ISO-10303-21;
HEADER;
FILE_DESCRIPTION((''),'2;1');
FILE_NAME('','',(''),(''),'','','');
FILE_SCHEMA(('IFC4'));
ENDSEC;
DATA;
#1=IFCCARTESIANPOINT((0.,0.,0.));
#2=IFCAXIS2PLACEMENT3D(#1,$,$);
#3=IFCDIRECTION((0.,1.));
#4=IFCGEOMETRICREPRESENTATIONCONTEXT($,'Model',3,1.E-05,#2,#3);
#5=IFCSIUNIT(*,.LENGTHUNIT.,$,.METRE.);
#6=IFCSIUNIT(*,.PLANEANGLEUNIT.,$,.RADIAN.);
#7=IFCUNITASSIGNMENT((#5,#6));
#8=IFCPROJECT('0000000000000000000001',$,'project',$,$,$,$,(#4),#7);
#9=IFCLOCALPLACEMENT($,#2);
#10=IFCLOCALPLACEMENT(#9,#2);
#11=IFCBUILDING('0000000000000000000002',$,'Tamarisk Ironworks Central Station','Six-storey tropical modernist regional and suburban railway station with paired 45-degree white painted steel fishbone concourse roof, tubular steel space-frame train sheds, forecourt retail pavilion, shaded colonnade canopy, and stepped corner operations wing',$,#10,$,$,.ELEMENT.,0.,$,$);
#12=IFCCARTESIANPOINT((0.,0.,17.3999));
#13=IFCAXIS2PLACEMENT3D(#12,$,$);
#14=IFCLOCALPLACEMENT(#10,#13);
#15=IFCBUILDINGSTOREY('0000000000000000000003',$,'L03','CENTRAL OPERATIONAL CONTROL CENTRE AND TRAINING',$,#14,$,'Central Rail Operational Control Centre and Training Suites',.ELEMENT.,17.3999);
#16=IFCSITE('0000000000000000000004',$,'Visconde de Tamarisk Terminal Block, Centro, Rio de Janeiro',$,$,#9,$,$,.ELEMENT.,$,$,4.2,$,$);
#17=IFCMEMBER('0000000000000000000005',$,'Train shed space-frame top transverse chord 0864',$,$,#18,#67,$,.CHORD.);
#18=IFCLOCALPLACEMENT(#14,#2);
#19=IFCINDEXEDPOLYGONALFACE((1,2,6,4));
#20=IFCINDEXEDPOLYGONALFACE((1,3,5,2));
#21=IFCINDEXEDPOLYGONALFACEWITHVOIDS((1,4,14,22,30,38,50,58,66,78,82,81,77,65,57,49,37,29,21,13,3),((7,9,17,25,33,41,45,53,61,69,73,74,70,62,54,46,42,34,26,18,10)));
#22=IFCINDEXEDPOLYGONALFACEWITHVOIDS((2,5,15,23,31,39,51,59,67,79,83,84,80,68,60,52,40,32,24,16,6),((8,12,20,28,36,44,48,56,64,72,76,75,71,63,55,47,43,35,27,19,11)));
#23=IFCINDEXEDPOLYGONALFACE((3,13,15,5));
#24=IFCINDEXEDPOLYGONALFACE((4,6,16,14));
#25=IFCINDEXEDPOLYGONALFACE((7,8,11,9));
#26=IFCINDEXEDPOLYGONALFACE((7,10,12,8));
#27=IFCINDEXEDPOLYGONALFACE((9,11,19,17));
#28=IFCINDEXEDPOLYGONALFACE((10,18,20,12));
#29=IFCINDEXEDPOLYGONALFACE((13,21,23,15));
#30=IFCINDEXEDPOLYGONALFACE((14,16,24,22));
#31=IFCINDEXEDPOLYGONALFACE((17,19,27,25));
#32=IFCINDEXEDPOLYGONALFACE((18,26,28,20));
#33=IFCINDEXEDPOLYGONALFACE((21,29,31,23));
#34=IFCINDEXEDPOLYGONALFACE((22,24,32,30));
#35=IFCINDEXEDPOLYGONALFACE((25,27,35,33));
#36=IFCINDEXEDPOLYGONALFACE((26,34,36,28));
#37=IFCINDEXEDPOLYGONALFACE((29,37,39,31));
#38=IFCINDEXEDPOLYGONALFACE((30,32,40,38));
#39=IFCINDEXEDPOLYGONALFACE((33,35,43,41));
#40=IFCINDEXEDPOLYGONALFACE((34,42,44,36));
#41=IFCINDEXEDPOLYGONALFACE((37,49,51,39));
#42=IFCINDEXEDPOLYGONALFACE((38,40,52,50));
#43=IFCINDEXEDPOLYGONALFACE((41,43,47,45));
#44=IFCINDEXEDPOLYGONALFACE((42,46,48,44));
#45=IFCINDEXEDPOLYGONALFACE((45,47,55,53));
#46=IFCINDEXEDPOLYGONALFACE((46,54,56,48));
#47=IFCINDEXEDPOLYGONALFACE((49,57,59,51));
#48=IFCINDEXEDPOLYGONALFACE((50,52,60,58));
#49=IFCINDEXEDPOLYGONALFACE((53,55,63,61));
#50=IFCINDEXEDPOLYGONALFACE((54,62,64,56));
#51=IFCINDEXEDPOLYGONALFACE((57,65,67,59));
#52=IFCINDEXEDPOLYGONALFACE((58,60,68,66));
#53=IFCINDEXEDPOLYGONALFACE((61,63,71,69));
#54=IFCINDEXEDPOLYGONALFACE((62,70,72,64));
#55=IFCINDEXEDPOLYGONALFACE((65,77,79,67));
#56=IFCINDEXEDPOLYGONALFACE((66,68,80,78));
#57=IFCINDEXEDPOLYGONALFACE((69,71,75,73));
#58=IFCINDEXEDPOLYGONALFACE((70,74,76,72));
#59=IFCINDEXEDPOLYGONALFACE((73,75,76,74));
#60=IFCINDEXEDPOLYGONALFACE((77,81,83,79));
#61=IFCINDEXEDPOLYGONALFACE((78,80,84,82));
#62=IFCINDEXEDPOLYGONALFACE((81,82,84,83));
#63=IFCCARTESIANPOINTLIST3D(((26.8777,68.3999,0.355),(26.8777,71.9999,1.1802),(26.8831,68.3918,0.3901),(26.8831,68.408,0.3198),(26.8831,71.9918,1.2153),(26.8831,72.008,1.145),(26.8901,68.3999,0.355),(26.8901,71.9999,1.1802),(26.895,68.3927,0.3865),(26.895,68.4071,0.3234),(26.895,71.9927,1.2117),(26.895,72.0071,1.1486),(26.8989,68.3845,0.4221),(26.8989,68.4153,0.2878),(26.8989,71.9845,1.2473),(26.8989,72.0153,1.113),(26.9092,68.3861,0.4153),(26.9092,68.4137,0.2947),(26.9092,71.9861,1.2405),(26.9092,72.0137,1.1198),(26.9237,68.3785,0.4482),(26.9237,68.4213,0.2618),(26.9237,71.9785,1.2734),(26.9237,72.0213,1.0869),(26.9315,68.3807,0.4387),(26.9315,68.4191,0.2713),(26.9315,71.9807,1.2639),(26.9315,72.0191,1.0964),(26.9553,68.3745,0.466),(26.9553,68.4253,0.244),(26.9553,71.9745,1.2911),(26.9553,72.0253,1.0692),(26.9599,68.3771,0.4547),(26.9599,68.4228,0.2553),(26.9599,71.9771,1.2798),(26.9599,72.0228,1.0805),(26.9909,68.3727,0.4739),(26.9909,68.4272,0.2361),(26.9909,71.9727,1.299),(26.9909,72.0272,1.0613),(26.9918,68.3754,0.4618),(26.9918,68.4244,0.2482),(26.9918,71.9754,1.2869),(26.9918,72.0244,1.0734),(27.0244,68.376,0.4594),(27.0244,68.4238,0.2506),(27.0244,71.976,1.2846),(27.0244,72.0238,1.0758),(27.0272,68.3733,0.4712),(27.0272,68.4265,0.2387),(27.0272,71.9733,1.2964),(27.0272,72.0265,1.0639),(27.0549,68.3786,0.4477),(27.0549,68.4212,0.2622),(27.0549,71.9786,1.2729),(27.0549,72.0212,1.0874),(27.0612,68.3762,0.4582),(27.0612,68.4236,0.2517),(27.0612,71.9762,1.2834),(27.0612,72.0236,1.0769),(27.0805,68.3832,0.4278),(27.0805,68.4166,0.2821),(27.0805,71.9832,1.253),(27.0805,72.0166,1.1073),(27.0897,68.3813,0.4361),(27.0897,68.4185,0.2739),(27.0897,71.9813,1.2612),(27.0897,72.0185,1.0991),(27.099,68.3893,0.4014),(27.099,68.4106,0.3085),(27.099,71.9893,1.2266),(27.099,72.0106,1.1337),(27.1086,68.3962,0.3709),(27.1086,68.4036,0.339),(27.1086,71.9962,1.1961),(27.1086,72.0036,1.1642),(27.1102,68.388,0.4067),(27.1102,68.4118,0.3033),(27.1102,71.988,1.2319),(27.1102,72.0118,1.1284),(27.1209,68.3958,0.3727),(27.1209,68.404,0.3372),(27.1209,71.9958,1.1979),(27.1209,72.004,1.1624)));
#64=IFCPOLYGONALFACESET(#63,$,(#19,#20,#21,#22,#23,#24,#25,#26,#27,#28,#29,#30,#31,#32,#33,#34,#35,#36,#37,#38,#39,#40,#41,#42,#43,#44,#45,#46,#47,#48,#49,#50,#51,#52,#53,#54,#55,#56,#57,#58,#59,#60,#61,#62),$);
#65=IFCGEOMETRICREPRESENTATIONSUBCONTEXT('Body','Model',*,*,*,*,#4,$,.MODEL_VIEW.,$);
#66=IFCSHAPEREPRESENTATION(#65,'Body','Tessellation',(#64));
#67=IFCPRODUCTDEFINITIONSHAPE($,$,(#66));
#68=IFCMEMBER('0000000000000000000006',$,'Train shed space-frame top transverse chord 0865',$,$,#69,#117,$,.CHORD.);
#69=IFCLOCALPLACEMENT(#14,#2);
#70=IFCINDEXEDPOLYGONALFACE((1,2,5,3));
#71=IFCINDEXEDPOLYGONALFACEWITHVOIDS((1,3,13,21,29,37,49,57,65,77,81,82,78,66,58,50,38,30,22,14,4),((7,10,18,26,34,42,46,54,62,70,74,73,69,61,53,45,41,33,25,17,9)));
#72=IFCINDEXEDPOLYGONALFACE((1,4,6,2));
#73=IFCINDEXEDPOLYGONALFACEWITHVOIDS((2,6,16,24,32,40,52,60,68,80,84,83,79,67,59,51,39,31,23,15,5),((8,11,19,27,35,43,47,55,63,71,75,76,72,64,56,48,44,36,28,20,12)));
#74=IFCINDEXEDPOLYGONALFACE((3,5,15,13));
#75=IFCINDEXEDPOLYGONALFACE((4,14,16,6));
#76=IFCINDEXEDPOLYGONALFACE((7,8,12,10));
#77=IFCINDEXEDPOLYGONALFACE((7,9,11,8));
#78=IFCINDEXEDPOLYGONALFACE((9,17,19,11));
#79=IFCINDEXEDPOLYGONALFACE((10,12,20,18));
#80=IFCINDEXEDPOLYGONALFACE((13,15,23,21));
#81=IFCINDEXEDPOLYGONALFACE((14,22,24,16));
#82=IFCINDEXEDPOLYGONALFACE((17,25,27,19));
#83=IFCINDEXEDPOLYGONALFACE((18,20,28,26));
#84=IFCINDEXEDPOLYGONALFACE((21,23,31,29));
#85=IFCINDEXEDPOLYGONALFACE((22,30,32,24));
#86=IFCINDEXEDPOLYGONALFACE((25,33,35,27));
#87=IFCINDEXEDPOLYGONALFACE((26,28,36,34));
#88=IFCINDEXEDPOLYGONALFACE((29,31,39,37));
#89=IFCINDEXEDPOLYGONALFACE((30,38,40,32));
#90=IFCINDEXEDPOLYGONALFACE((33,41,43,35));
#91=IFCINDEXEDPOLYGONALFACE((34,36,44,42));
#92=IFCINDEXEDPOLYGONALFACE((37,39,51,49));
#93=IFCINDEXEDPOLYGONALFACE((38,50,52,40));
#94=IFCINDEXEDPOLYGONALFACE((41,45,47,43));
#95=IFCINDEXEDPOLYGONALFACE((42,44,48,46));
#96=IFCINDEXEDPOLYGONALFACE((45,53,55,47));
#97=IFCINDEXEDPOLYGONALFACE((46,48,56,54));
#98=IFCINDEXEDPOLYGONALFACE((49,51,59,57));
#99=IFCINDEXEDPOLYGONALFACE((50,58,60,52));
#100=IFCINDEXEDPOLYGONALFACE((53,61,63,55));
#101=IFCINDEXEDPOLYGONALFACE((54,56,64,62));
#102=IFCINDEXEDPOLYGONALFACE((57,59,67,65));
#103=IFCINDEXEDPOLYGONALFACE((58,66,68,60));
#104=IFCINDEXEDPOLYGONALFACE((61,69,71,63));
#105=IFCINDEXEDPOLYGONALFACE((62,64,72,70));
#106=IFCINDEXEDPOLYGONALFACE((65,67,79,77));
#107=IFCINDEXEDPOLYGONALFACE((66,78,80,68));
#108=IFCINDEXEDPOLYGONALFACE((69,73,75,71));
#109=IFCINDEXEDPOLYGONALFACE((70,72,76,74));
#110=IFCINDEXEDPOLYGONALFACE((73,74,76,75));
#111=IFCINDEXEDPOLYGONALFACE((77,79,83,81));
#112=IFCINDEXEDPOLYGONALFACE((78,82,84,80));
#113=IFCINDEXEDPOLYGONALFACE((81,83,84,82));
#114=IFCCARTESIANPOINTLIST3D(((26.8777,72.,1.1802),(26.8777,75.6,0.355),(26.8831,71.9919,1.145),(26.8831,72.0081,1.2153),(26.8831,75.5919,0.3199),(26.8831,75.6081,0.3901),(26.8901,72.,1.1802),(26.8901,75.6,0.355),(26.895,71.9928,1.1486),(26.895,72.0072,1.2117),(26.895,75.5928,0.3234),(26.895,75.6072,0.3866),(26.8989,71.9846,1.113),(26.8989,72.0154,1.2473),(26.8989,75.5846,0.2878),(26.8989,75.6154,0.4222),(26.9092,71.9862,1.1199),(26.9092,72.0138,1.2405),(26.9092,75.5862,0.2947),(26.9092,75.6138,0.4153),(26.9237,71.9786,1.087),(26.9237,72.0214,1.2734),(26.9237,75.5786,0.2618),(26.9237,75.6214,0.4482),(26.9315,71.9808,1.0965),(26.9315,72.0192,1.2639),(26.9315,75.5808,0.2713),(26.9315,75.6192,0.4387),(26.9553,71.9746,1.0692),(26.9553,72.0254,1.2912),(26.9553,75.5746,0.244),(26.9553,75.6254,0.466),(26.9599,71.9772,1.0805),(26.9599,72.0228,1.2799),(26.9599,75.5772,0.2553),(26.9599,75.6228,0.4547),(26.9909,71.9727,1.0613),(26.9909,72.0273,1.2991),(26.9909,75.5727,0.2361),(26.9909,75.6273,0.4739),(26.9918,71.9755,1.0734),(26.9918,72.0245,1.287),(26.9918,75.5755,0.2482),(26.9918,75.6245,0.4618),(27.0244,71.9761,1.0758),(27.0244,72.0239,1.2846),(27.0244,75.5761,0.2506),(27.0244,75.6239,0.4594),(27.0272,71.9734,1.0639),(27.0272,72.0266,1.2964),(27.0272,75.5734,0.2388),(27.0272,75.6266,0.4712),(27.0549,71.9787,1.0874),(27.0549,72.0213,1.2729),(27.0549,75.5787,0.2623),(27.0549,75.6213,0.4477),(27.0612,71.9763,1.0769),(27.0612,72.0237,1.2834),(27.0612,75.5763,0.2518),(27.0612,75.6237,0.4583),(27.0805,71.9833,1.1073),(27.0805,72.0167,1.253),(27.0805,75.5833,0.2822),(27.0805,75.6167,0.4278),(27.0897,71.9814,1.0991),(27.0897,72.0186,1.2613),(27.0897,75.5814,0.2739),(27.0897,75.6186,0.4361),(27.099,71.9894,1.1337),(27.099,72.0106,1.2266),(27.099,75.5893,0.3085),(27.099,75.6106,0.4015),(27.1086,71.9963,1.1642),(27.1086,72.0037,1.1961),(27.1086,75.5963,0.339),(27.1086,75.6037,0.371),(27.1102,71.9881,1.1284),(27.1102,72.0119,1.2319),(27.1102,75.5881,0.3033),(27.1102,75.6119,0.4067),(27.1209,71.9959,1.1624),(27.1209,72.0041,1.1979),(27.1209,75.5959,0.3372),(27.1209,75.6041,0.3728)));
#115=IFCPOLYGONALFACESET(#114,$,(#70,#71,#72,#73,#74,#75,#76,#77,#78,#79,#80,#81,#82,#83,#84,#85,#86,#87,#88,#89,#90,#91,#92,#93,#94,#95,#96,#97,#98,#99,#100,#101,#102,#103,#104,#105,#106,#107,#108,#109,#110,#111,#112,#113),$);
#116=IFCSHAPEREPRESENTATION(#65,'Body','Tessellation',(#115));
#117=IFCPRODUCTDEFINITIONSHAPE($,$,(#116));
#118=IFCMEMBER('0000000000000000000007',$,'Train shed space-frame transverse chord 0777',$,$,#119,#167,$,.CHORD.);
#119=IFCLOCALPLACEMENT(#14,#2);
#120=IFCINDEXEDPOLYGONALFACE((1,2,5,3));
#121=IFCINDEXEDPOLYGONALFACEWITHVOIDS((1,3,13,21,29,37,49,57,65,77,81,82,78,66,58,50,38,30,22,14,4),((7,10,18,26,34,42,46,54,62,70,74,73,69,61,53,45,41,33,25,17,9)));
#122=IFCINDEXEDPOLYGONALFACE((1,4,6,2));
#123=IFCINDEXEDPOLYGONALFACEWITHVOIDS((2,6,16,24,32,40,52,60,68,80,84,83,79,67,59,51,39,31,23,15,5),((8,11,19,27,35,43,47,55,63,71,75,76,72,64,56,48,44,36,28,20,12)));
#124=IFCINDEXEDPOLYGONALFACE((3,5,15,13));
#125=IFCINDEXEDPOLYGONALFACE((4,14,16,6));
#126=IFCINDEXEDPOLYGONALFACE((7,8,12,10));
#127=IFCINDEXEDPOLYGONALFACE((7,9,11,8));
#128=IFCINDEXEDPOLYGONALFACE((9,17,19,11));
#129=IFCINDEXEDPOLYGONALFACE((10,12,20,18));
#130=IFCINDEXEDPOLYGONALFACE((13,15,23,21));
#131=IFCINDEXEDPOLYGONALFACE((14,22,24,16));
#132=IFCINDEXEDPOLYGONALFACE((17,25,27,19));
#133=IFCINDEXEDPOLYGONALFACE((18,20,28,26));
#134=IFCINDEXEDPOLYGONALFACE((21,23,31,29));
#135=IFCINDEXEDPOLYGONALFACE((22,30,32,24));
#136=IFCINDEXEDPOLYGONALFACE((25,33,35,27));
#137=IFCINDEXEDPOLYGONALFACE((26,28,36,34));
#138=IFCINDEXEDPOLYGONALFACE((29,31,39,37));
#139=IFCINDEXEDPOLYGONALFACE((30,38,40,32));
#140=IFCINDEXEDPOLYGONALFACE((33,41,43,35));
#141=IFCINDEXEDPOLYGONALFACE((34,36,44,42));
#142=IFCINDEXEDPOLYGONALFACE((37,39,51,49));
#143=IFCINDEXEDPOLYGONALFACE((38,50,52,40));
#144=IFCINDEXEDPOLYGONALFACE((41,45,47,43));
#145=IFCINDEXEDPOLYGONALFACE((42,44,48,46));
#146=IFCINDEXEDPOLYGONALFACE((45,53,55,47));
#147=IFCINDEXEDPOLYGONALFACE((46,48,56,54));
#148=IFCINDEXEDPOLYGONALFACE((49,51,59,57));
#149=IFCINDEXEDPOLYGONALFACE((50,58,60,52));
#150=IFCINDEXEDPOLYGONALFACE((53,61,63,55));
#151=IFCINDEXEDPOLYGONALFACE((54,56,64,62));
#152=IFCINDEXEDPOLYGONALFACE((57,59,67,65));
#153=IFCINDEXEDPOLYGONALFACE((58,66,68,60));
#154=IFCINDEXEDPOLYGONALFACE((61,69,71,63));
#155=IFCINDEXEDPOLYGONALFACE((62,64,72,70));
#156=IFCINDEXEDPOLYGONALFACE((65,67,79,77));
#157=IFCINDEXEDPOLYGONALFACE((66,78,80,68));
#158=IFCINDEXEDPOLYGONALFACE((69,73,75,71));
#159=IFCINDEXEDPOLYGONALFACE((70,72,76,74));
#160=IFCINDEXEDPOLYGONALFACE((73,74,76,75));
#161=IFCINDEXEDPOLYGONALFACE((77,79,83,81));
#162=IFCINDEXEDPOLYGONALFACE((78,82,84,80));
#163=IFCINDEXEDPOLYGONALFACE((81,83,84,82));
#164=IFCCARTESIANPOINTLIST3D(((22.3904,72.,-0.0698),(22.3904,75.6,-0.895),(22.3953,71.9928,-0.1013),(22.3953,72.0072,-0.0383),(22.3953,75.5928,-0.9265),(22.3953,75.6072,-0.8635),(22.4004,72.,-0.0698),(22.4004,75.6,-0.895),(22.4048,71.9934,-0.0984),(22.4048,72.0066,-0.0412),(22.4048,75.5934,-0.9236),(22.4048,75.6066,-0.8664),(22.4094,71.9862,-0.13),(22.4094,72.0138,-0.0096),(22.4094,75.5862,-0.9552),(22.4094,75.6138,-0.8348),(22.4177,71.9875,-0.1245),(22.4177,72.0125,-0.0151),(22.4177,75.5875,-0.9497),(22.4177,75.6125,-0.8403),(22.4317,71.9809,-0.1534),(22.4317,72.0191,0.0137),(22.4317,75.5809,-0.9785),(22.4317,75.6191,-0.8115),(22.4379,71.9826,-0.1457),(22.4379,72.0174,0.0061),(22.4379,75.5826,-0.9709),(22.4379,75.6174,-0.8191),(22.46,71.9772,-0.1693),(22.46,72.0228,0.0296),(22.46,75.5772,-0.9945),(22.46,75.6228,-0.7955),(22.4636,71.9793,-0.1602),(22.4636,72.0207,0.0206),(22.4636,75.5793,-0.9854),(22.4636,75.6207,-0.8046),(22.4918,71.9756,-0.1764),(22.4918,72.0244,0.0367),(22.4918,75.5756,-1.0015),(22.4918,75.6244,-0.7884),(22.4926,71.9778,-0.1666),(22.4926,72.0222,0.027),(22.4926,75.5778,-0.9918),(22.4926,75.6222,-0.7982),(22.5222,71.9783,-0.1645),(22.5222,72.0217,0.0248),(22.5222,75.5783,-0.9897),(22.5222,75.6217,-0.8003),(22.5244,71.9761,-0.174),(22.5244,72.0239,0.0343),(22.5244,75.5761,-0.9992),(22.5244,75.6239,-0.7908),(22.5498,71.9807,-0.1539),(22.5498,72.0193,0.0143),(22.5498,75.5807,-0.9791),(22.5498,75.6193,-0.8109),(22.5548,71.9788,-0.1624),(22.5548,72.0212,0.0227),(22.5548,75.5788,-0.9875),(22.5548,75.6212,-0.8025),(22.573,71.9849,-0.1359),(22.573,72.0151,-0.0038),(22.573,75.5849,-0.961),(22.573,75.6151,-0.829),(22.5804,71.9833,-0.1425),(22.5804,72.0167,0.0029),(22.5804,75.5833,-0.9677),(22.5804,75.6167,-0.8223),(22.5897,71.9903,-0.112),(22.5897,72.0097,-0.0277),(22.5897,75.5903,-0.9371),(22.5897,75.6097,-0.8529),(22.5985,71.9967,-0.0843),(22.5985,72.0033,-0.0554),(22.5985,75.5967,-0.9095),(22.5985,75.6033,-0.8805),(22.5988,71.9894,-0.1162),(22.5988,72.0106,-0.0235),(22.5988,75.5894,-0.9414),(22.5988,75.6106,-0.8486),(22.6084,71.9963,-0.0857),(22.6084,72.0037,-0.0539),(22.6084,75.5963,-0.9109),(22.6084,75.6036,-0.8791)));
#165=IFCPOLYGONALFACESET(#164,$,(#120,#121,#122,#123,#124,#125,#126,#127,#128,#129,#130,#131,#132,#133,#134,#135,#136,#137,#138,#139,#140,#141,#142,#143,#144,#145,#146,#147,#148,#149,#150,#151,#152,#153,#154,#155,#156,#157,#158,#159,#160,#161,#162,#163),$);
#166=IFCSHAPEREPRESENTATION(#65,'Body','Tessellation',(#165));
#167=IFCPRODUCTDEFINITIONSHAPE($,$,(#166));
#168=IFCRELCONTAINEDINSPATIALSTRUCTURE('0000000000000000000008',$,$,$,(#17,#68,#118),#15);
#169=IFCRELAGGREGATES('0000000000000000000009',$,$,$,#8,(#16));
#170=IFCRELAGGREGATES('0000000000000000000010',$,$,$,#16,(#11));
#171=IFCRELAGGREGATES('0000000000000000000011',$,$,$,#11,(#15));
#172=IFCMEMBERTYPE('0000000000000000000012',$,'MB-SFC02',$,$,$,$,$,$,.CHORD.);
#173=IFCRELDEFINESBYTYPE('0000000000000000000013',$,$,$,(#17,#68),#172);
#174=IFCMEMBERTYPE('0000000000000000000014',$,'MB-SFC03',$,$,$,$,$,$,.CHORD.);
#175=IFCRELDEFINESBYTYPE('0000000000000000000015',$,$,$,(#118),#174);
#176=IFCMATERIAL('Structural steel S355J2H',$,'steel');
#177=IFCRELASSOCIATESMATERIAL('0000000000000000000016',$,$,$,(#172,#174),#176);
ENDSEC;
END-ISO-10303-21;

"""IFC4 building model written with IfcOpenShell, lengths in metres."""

from ifc_helpers import new_model, si_unit, direction, frame, origin, origin_2d, place, context, subcontext, project, spatial, hollow_circle, extrude, material, material_profile, profile_set, type_object, element, save


model = new_model("IFC4")

# Units and contexts
model_context = context("Model", 3, precision=1e-05, world=origin(), true_north=direction((0.0, 1.0)))
body_context = subcontext(model_context, "Body", "Model", "MODEL_VIEW")
ifc_project = project(units=[si_unit("LENGTHUNIT", "METRE"), si_unit("PLANEANGLEUNIT", "RADIAN")], contexts=[model_context])

# Site, building, storey
site_placement = place(None, origin())
site = spatial("IfcSite", under=ifc_project, at=site_placement, Name="Visconde de Tamarisk Terminal Block, Centro, Rio de Janeiro", CompositionType="ELEMENT", RefElevation=4.2)
building_placement = place(site_placement, origin())
building = spatial("IfcBuilding", under=site, at=building_placement, Name="Tamarisk Ironworks Central Station", Description="Six-storey tropical modernist regional and suburban railway station with paired 45-degree white painted steel fishbone concourse roof, tubular steel space-frame train sheds, forecourt retail pavilion, shaded colonnade canopy, and stepped corner operations wing", CompositionType="ELEMENT", ElevationOfRefHeight=0.0)
storey_placement = place(building_placement, frame((0.0, 0.0, 17.3999)))
storey = spatial("IfcBuildingStorey", under=building, at=storey_placement, Name="L03", Description="CENTRAL OPERATIONAL CONTROL CENTRE AND TRAINING", LongName="Central Rail Operational Control Centre and Training Suites", CompositionType="ELEMENT", Elevation=17.3999)

# Members
ifc_material = material(Name="Structural steel S355J2H", Category="steel")
ifc_material_profile_1 = material_profile(ifc_material, hollow_circle(Radius=0.1223, WallThickness=0.0125, at=origin_2d()), Name="CHS 244.5x12.5")
ifc_profile_set_1 = profile_set([ifc_material_profile_1], Name="Structural steel S355J2H")
member_type_1 = type_object("IfcMemberType", Name="MB-SFC02", PredefinedType="CHORD", material=ifc_profile_set_1)
for number, where, z_axis, x_axis, name in (
    (1, (27.0, 68.3999, 0.355), (0.0, 0.974722, 0.223421), (-1.0, 0.0, 0.0), "Train shed space-frame top transverse chord 0864"),
    (2, (27.0, 72.0, 1.1802), (0.0, 0.974722, -0.223421), (-1.0, 0.0, 0.0), "Train shed space-frame top transverse chord 0865"),
):
    element("IfcMember", number, at=place(storey_placement, frame(where, z_axis=z_axis, x_axis=x_axis)), inside=storey, type_object=member_type_1, Name=name, PredefinedType="CHORD", context=body_context, shape_type="SweptSolid", body=[
        extrude(hollow_circle(Radius=0.1223, WallThickness=0.0125, at=origin_2d()), origin(), (0.0, 0.0, 1.0), 3.6934),
    ])
ifc_material_profile_2 = material_profile(ifc_material, hollow_circle(Radius=0.1096, WallThickness=0.01, at=origin_2d()), Name="CHS 219.1x10")
ifc_profile_set_2 = profile_set([ifc_material_profile_2], Name="Structural steel S355J2H")
member_type_2 = type_object("IfcMemberType", Name="MB-SFC03", PredefinedType="CHORD", material=ifc_profile_set_2)
for number, where, z_axis, x_axis, name in (
    (3, (22.5, 72.0, -0.0698), (0.0, 0.974722, -0.223421), (-1.0, 0.0, 0.0), "Train shed space-frame transverse chord 0777"),
):
    element("IfcMember", number, at=place(storey_placement, frame(where, z_axis=z_axis, x_axis=x_axis)), inside=storey, type_object=member_type_2, Name=name, PredefinedType="CHORD", context=body_context, shape_type="SweptSolid", body=[
        extrude(hollow_circle(Radius=0.1096, WallThickness=0.01, at=origin_2d()), origin(), (0.0, 0.0, 1.0), 3.6934),
    ])

save(model, "model.ifc")
